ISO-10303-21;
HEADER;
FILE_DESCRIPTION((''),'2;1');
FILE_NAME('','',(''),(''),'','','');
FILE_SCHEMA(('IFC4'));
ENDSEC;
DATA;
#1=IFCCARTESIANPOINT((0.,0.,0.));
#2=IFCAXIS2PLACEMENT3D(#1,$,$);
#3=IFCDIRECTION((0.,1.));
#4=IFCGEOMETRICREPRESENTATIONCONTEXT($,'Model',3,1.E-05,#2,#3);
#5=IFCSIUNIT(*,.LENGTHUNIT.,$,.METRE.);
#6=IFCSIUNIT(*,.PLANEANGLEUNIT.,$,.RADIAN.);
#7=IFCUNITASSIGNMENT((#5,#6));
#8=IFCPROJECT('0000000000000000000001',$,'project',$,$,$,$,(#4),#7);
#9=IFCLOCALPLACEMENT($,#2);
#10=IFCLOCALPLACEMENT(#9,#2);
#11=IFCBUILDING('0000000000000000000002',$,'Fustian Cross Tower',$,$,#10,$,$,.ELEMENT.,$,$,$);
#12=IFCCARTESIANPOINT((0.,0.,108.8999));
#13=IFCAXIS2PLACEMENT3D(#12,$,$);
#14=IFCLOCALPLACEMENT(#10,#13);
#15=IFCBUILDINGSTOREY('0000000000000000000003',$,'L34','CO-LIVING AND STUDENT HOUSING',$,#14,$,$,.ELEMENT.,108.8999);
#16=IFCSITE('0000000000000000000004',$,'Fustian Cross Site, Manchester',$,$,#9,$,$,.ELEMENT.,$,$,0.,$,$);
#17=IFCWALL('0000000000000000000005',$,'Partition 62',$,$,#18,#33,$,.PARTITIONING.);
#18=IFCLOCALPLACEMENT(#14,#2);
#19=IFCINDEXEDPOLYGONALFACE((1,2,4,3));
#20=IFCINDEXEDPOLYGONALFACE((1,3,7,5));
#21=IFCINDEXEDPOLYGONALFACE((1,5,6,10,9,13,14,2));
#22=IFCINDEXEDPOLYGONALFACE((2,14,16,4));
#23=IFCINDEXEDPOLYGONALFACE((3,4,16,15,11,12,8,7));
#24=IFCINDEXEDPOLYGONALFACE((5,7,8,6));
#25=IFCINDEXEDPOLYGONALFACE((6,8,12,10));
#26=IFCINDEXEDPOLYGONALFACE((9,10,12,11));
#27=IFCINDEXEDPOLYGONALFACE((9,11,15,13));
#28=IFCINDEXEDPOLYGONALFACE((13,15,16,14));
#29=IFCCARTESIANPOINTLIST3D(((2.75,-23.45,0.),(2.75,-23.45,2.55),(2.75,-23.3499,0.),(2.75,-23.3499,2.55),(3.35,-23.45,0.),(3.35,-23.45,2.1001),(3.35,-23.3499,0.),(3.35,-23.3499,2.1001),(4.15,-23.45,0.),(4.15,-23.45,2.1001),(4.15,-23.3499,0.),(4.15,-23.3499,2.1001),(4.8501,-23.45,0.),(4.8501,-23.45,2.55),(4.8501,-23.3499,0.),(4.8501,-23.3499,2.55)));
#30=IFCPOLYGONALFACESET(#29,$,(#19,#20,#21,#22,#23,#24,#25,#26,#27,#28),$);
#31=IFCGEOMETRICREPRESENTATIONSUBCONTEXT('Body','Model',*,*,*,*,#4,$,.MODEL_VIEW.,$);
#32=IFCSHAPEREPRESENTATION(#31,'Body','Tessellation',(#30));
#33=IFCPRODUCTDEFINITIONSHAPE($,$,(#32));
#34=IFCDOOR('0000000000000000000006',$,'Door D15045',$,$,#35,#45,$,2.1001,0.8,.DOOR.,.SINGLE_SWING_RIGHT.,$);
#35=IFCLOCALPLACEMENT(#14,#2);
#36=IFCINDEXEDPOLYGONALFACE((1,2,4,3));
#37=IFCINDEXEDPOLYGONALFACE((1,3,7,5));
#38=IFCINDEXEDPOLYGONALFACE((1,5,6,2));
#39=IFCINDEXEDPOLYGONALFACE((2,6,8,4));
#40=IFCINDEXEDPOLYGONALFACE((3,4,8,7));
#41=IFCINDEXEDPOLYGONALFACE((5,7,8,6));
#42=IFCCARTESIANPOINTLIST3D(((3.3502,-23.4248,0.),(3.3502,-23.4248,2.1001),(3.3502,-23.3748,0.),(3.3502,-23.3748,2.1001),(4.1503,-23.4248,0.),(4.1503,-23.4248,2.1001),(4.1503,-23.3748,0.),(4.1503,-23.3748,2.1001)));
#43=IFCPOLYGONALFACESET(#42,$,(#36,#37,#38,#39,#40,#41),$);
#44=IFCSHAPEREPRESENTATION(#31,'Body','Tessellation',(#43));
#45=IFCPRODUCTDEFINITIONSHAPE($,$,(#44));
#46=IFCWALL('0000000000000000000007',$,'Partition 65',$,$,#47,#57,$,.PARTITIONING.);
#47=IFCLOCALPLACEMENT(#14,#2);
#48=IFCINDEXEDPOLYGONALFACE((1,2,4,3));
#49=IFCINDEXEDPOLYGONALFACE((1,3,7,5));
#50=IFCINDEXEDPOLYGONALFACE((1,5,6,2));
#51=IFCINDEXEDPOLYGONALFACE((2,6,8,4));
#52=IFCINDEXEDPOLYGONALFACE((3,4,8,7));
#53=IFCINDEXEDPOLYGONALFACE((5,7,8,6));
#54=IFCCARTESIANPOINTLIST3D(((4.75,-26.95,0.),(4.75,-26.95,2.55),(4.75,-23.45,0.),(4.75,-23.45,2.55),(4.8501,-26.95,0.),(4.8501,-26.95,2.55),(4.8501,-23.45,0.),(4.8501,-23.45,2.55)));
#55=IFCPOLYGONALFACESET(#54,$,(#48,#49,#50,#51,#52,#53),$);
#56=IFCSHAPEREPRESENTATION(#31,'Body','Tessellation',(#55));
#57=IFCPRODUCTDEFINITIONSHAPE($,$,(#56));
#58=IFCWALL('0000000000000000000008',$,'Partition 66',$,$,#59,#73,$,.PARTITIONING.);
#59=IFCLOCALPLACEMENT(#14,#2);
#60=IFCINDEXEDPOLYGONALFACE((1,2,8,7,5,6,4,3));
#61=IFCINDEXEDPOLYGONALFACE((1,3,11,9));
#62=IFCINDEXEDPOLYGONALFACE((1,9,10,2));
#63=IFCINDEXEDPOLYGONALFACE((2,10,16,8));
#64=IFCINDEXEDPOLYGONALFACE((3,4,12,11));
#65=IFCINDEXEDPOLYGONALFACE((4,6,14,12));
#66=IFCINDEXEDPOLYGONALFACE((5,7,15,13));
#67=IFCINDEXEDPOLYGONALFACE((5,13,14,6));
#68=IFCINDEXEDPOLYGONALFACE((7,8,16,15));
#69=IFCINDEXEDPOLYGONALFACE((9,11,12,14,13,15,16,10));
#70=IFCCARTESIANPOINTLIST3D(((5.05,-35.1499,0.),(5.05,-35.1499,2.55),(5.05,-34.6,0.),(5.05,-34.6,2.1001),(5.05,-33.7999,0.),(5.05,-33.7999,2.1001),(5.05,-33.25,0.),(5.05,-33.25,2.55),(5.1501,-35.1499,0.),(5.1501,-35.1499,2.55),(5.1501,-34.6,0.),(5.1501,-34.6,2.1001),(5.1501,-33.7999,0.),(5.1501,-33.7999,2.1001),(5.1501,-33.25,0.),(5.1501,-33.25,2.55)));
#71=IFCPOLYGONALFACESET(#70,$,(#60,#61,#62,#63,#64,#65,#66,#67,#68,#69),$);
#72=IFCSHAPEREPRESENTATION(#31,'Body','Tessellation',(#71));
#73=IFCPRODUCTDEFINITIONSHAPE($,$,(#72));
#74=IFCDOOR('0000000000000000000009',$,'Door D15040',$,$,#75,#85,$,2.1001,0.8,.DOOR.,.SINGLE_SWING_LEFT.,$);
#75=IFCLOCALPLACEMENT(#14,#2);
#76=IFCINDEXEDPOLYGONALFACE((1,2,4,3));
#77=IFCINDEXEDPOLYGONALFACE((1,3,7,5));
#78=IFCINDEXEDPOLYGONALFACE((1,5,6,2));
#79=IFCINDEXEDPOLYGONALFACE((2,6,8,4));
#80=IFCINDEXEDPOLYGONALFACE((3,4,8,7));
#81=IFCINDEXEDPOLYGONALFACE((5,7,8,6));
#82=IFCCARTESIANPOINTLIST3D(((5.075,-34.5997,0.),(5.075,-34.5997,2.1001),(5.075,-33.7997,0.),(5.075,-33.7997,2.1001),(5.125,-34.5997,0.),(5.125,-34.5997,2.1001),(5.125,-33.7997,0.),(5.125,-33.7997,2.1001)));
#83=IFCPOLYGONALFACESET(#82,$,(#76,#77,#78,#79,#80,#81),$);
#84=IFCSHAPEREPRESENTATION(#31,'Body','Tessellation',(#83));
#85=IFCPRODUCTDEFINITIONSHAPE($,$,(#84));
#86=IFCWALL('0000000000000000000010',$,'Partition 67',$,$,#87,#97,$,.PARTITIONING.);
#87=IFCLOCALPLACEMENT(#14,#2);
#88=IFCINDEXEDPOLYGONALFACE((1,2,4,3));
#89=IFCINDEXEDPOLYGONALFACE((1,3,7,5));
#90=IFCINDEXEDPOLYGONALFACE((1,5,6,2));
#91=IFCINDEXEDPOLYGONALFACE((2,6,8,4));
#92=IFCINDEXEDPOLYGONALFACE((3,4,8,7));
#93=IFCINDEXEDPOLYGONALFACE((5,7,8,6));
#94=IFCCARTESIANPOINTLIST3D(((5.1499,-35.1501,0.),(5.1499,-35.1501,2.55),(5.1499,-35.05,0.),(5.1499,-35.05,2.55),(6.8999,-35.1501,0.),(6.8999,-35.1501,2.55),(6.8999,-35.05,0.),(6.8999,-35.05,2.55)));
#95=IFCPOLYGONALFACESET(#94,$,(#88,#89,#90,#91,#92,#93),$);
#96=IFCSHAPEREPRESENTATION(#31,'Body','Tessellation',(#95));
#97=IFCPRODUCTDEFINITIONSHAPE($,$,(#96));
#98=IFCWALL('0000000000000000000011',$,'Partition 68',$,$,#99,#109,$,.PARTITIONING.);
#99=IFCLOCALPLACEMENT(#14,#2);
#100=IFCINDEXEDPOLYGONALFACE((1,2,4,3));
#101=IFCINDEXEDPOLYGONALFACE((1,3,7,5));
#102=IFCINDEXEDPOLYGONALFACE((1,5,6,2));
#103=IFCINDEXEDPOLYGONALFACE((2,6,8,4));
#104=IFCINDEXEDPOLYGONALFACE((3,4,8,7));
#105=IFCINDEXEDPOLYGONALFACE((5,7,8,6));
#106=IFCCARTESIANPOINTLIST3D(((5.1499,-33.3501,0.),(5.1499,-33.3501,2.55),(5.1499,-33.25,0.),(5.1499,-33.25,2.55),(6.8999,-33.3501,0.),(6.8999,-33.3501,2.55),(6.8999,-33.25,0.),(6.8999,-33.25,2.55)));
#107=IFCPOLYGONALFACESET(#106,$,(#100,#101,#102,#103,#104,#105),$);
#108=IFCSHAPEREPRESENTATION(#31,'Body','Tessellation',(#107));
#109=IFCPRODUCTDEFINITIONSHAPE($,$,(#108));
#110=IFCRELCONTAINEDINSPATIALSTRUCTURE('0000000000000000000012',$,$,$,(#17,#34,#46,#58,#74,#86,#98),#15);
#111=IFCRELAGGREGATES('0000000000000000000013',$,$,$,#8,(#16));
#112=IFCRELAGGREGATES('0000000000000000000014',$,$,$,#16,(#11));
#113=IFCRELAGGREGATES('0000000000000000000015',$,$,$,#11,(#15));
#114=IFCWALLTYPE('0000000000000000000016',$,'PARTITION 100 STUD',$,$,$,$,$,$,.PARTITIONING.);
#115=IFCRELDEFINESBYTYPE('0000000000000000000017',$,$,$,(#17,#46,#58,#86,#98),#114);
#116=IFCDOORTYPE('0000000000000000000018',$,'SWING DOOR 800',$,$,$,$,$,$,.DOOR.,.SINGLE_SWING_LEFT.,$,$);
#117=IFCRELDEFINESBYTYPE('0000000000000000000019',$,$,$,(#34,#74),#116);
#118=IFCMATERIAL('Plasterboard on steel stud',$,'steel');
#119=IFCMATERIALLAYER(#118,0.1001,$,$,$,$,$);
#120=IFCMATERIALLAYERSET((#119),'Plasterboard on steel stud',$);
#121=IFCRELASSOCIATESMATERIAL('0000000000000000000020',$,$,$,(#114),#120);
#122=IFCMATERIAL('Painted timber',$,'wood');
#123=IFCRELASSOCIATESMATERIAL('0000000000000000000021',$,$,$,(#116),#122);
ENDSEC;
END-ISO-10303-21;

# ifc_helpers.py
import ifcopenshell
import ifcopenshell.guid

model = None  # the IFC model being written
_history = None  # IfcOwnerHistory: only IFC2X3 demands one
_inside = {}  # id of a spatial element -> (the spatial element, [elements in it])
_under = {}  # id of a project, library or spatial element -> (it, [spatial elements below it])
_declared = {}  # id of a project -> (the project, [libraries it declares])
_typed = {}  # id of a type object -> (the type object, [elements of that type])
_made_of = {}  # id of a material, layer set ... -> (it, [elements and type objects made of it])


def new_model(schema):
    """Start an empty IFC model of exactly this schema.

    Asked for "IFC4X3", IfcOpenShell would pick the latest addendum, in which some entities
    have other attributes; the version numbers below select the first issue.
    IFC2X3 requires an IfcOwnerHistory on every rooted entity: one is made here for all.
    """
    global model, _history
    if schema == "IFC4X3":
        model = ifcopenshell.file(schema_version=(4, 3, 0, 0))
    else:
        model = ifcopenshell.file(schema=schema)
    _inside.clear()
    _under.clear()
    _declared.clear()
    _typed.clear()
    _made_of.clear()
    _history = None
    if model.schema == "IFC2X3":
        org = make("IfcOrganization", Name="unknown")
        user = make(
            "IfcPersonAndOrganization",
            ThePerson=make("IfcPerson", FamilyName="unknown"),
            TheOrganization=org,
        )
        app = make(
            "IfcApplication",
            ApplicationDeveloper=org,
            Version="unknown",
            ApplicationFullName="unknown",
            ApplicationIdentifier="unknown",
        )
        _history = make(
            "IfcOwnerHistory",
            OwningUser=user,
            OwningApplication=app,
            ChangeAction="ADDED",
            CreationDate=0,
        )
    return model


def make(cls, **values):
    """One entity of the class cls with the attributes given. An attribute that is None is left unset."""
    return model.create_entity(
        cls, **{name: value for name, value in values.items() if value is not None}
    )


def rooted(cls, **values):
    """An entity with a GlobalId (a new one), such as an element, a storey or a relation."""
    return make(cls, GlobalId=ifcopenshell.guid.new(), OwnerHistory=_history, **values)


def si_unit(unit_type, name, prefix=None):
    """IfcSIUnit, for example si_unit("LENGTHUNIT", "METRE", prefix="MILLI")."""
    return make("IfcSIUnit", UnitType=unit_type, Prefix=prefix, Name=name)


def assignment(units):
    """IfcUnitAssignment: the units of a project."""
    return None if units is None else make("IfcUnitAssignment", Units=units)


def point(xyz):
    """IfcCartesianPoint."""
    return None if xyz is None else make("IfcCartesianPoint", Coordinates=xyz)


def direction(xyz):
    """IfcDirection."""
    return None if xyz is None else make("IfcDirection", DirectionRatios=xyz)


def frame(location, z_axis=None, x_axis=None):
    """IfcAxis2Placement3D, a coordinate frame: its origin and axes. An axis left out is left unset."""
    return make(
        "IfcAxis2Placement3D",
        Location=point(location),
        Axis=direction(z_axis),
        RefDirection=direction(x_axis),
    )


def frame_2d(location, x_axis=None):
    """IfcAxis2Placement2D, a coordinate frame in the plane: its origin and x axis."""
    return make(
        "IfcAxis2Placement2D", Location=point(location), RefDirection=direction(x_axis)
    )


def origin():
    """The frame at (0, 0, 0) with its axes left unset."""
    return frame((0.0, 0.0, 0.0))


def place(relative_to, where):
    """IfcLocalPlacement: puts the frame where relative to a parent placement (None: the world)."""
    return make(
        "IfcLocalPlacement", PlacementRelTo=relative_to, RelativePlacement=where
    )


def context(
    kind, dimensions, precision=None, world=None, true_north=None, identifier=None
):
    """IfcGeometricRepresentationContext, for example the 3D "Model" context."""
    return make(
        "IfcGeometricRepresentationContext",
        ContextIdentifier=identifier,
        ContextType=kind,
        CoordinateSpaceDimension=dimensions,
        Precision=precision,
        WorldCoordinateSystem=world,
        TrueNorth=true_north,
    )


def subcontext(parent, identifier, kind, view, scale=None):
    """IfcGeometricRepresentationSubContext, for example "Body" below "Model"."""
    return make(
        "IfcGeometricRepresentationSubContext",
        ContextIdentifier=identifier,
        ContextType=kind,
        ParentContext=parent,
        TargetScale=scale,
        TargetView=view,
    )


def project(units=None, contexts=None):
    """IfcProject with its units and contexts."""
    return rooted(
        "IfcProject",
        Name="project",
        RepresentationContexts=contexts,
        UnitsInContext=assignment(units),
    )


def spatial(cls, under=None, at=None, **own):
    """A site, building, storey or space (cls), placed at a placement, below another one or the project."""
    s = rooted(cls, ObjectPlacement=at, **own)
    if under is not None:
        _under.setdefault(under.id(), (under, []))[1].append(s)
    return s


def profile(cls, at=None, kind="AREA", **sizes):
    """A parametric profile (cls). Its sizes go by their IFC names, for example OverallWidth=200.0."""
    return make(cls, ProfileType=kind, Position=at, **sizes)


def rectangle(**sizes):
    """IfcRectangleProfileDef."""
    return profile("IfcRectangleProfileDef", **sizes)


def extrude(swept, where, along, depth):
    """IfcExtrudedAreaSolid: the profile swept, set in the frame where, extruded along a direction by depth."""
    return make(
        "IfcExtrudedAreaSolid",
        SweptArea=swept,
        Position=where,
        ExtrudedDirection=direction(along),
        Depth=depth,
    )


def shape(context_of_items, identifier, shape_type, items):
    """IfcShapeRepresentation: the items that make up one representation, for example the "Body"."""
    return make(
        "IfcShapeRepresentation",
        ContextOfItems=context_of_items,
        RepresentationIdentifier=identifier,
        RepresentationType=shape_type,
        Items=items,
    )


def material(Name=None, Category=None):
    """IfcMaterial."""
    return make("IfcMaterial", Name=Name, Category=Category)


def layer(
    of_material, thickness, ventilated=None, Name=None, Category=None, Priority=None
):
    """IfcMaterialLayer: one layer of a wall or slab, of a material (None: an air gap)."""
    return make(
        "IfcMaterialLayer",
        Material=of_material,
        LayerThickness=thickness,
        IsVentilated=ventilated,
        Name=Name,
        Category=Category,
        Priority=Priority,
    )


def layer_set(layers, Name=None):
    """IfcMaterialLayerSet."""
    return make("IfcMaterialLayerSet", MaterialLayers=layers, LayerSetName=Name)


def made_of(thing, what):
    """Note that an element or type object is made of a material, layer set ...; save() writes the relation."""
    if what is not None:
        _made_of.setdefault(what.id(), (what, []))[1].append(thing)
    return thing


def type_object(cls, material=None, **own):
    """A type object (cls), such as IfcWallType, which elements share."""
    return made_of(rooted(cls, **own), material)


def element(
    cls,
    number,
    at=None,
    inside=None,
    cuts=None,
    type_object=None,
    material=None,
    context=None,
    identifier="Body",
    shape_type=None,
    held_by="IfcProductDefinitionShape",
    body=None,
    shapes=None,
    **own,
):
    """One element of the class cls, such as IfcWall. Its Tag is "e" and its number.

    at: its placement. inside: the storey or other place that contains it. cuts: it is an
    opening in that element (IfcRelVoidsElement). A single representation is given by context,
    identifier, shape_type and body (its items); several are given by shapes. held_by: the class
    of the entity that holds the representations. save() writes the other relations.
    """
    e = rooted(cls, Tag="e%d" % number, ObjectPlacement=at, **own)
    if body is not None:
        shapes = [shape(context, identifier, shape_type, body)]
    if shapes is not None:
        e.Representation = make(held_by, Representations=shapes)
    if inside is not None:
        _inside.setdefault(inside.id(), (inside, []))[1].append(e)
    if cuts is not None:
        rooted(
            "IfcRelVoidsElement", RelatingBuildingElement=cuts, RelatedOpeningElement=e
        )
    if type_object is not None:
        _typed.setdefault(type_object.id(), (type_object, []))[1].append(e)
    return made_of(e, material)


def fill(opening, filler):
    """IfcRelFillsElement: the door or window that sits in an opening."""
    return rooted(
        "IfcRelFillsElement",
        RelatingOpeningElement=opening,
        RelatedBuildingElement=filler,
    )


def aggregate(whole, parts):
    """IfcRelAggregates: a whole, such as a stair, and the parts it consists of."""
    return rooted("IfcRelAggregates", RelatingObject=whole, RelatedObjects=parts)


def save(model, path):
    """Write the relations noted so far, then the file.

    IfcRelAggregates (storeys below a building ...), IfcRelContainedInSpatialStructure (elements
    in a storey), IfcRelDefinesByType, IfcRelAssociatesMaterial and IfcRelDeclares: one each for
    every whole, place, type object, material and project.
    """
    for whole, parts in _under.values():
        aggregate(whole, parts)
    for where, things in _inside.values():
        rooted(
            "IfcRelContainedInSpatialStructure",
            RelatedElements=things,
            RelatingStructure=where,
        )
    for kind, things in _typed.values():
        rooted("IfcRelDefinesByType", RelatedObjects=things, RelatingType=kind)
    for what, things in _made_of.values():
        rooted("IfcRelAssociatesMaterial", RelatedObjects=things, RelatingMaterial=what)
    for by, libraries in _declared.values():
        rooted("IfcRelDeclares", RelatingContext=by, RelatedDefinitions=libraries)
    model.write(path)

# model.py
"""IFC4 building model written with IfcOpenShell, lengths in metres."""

from ifc_helpers import new_model, si_unit, direction, frame, frame_2d, origin, place, context, subcontext, project, spatial, rectangle, extrude, material, layer, layer_set, type_object, element, fill, save


model = new_model("IFC4")

# Units and contexts
model_context = context("Model", 3, precision=1e-05, world=origin(), true_north=direction((0.0, 1.0)))
body_context = subcontext(model_context, "Body", "Model", "MODEL_VIEW")
ifc_project = project(units=[si_unit("LENGTHUNIT", "METRE"), si_unit("PLANEANGLEUNIT", "RADIAN")], contexts=[model_context])

# Site, building, storey
site_placement = place(None, origin())
site = spatial("IfcSite", under=ifc_project, at=site_placement, Name="Fustian Cross Site, Manchester", CompositionType="ELEMENT", RefElevation=0.0)
building_placement = place(site_placement, origin())
building = spatial("IfcBuilding", under=site, at=building_placement, Name="Fustian Cross Tower", CompositionType="ELEMENT")
storey_placement = place(building_placement, frame((0.0, 0.0, 108.8999)))
storey = spatial("IfcBuildingStorey", under=building, at=storey_placement, Name="L34", Description="CO-LIVING AND STUDENT HOUSING", CompositionType="ELEMENT", Elevation=108.8999)

# Shared definitions
ifc_material_1 = material(Name="Plasterboard on steel stud", Category="steel")
ifc_layer = layer(ifc_material_1, 0.1001)
ifc_layer_set = layer_set([ifc_layer], Name="Plasterboard on steel stud")
wall_type = type_object("IfcWallType", Name="PARTITION 100 STUD", PredefinedType="PARTITIONING", material=ifc_layer_set)

# Shared definitions
ifc_material_2 = material(Name="Painted timber", Category="wood")
door_type_1 = type_object("IfcDoorType", Name="SWING DOOR 800", OperationType="SINGLE_SWING_LEFT", PredefinedType="DOOR", material=ifc_material_2)

# Wall, opening, door
wall_1_placement = place(storey_placement, frame((2.75, -23.3999, 0.0), z_axis=(0.0, 0.0, 1.0), x_axis=(1.0, 0.0, 0.0)))
wall_1 = element("IfcWall", 1, at=wall_1_placement, inside=storey, type_object=wall_type, Name="Partition 62", PredefinedType="PARTITIONING", context=body_context, shape_type="SweptSolid", body=[
    extrude(rectangle(XDim=2.1001, YDim=0.1001, at=frame_2d((1.05, 0.0))), origin(), (0.0, 0.0, 1.0), 2.55),
])
opening_1_placement = place(wall_1_placement, frame((0.6001, 0.0, 0.0)))
opening_1 = element("IfcOpeningElement", 2, at=opening_1_placement, cuts=wall_1, PredefinedType="OPENING", context=body_context, shape_type="SweptSolid", body=[
    extrude(rectangle(XDim=0.8, YDim=2.1001, at=frame_2d((0.3999, 1.05))), frame((0.0, 0.0601, 0.0), z_axis=(0.0, -1.0, 0.0), x_axis=(1.0, 0.0, 0.0)), (0.0, 0.0, 1.0), 0.1201),
])
door_1_placement = place(opening_1_placement, frame((0.8, 0.0, 0.0), z_axis=(0.0, 0.0, 1.0), x_axis=(-1.0, 0.0, 0.0)))
door_1 = element("IfcDoor", 3, at=door_1_placement, inside=storey, type_object=door_type_1, Name="Door D15045", OperationType="SINGLE_SWING_RIGHT", OverallHeight=2.1001, OverallWidth=0.8, PredefinedType="DOOR", context=body_context, shape_type="SweptSolid", body=[
    extrude(rectangle(XDim=0.8, YDim=2.1001, at=frame_2d((0.3999, 1.05))), frame((0.0, 0.0249, 0.0), z_axis=(0.0, -1.0, 0.0), x_axis=(1.0, 0.0, 0.0)), (0.0, 0.0, 1.0), 0.05),
])
fill(opening_1, door_1)

# Wall
wall_2_placement = place(storey_placement, frame((4.8, -26.95, 0.0), z_axis=(0.0, 0.0, 1.0), x_axis=(0.0, 1.0, 0.0)))
element("IfcWall", 4, at=wall_2_placement, inside=storey, type_object=wall_type, Name="Partition 65", PredefinedType="PARTITIONING", context=body_context, shape_type="SweptSolid", body=[
    extrude(rectangle(XDim=3.5, YDim=0.1001, at=frame_2d((1.75, 0.0))), origin(), (0.0, 0.0, 1.0), 2.55),
])

# Wall, opening, door
wall_3_placement = place(storey_placement, frame((5.1001, -35.1499, 0.0), z_axis=(0.0, 0.0, 1.0), x_axis=(0.0, 1.0, 0.0)))
wall_3 = element("IfcWall", 5, at=wall_3_placement, inside=storey, type_object=wall_type, Name="Partition 66", PredefinedType="PARTITIONING", context=body_context, shape_type="SweptSolid", body=[
    extrude(rectangle(XDim=1.8999, YDim=0.1001, at=frame_2d((0.95, 0.0))), origin(), (0.0, 0.0, 1.0), 2.55),
])
opening_2_placement = place(wall_3_placement, frame((0.55, 0.0, 0.0)))
opening_2 = element("IfcOpeningElement", 6, at=opening_2_placement, cuts=wall_3, PredefinedType="OPENING", context=body_context, shape_type="SweptSolid", body=[
    extrude(rectangle(XDim=0.8, YDim=2.1001, at=frame_2d((0.3999, 1.05))), frame((0.0, 0.0601, 0.0), z_axis=(0.0, -1.0, 0.0), x_axis=(1.0, 0.0, 0.0)), (0.0, 0.0, 1.0), 0.1201),
])
door_2_placement = place(opening_2_placement, frame((0.8, 0.0, 0.0), z_axis=(0.0, 0.0, 1.0), x_axis=(-1.0, 0.0, 0.0)))
door_2 = element("IfcDoor", 7, at=door_2_placement, inside=storey, type_object=door_type_1, Name="Door D15040", OperationType="SINGLE_SWING_LEFT", OverallHeight=2.1001, OverallWidth=0.8, PredefinedType="DOOR", context=body_context, shape_type="SweptSolid", body=[
    extrude(rectangle(XDim=0.8, YDim=2.1001, at=frame_2d((0.3999, 1.05))), frame((0.0, 0.0249, 0.0), z_axis=(0.0, -1.0, 0.0), x_axis=(1.0, 0.0, 0.0)), (0.0, 0.0, 1.0), 0.05),
])
fill(opening_2, door_2)

# Walls
for number, where, z_axis, x_axis, name in (
    (8, (5.1499, -35.1001, 0.0), (0.0, 0.0, 1.0), (1.0, 0.0, 0.0), "Partition 67"),
    (9, (5.1499, -33.3, 0.0), (0.0, 0.0, 1.0), (1.0, 0.0, 0.0), "Partition 68"),
):
    element("IfcWall", number, at=place(storey_placement, frame(where, z_axis=z_axis, x_axis=x_axis)), inside=storey, type_object=wall_type, Name=name, PredefinedType="PARTITIONING", context=body_context, shape_type="SweptSolid", body=[
        extrude(rectangle(XDim=1.75, YDim=0.1001, at=frame_2d((0.875, 0.0))), origin(), (0.0, 0.0, 1.0), 2.55),
    ])

save(model, "model.ifc")
